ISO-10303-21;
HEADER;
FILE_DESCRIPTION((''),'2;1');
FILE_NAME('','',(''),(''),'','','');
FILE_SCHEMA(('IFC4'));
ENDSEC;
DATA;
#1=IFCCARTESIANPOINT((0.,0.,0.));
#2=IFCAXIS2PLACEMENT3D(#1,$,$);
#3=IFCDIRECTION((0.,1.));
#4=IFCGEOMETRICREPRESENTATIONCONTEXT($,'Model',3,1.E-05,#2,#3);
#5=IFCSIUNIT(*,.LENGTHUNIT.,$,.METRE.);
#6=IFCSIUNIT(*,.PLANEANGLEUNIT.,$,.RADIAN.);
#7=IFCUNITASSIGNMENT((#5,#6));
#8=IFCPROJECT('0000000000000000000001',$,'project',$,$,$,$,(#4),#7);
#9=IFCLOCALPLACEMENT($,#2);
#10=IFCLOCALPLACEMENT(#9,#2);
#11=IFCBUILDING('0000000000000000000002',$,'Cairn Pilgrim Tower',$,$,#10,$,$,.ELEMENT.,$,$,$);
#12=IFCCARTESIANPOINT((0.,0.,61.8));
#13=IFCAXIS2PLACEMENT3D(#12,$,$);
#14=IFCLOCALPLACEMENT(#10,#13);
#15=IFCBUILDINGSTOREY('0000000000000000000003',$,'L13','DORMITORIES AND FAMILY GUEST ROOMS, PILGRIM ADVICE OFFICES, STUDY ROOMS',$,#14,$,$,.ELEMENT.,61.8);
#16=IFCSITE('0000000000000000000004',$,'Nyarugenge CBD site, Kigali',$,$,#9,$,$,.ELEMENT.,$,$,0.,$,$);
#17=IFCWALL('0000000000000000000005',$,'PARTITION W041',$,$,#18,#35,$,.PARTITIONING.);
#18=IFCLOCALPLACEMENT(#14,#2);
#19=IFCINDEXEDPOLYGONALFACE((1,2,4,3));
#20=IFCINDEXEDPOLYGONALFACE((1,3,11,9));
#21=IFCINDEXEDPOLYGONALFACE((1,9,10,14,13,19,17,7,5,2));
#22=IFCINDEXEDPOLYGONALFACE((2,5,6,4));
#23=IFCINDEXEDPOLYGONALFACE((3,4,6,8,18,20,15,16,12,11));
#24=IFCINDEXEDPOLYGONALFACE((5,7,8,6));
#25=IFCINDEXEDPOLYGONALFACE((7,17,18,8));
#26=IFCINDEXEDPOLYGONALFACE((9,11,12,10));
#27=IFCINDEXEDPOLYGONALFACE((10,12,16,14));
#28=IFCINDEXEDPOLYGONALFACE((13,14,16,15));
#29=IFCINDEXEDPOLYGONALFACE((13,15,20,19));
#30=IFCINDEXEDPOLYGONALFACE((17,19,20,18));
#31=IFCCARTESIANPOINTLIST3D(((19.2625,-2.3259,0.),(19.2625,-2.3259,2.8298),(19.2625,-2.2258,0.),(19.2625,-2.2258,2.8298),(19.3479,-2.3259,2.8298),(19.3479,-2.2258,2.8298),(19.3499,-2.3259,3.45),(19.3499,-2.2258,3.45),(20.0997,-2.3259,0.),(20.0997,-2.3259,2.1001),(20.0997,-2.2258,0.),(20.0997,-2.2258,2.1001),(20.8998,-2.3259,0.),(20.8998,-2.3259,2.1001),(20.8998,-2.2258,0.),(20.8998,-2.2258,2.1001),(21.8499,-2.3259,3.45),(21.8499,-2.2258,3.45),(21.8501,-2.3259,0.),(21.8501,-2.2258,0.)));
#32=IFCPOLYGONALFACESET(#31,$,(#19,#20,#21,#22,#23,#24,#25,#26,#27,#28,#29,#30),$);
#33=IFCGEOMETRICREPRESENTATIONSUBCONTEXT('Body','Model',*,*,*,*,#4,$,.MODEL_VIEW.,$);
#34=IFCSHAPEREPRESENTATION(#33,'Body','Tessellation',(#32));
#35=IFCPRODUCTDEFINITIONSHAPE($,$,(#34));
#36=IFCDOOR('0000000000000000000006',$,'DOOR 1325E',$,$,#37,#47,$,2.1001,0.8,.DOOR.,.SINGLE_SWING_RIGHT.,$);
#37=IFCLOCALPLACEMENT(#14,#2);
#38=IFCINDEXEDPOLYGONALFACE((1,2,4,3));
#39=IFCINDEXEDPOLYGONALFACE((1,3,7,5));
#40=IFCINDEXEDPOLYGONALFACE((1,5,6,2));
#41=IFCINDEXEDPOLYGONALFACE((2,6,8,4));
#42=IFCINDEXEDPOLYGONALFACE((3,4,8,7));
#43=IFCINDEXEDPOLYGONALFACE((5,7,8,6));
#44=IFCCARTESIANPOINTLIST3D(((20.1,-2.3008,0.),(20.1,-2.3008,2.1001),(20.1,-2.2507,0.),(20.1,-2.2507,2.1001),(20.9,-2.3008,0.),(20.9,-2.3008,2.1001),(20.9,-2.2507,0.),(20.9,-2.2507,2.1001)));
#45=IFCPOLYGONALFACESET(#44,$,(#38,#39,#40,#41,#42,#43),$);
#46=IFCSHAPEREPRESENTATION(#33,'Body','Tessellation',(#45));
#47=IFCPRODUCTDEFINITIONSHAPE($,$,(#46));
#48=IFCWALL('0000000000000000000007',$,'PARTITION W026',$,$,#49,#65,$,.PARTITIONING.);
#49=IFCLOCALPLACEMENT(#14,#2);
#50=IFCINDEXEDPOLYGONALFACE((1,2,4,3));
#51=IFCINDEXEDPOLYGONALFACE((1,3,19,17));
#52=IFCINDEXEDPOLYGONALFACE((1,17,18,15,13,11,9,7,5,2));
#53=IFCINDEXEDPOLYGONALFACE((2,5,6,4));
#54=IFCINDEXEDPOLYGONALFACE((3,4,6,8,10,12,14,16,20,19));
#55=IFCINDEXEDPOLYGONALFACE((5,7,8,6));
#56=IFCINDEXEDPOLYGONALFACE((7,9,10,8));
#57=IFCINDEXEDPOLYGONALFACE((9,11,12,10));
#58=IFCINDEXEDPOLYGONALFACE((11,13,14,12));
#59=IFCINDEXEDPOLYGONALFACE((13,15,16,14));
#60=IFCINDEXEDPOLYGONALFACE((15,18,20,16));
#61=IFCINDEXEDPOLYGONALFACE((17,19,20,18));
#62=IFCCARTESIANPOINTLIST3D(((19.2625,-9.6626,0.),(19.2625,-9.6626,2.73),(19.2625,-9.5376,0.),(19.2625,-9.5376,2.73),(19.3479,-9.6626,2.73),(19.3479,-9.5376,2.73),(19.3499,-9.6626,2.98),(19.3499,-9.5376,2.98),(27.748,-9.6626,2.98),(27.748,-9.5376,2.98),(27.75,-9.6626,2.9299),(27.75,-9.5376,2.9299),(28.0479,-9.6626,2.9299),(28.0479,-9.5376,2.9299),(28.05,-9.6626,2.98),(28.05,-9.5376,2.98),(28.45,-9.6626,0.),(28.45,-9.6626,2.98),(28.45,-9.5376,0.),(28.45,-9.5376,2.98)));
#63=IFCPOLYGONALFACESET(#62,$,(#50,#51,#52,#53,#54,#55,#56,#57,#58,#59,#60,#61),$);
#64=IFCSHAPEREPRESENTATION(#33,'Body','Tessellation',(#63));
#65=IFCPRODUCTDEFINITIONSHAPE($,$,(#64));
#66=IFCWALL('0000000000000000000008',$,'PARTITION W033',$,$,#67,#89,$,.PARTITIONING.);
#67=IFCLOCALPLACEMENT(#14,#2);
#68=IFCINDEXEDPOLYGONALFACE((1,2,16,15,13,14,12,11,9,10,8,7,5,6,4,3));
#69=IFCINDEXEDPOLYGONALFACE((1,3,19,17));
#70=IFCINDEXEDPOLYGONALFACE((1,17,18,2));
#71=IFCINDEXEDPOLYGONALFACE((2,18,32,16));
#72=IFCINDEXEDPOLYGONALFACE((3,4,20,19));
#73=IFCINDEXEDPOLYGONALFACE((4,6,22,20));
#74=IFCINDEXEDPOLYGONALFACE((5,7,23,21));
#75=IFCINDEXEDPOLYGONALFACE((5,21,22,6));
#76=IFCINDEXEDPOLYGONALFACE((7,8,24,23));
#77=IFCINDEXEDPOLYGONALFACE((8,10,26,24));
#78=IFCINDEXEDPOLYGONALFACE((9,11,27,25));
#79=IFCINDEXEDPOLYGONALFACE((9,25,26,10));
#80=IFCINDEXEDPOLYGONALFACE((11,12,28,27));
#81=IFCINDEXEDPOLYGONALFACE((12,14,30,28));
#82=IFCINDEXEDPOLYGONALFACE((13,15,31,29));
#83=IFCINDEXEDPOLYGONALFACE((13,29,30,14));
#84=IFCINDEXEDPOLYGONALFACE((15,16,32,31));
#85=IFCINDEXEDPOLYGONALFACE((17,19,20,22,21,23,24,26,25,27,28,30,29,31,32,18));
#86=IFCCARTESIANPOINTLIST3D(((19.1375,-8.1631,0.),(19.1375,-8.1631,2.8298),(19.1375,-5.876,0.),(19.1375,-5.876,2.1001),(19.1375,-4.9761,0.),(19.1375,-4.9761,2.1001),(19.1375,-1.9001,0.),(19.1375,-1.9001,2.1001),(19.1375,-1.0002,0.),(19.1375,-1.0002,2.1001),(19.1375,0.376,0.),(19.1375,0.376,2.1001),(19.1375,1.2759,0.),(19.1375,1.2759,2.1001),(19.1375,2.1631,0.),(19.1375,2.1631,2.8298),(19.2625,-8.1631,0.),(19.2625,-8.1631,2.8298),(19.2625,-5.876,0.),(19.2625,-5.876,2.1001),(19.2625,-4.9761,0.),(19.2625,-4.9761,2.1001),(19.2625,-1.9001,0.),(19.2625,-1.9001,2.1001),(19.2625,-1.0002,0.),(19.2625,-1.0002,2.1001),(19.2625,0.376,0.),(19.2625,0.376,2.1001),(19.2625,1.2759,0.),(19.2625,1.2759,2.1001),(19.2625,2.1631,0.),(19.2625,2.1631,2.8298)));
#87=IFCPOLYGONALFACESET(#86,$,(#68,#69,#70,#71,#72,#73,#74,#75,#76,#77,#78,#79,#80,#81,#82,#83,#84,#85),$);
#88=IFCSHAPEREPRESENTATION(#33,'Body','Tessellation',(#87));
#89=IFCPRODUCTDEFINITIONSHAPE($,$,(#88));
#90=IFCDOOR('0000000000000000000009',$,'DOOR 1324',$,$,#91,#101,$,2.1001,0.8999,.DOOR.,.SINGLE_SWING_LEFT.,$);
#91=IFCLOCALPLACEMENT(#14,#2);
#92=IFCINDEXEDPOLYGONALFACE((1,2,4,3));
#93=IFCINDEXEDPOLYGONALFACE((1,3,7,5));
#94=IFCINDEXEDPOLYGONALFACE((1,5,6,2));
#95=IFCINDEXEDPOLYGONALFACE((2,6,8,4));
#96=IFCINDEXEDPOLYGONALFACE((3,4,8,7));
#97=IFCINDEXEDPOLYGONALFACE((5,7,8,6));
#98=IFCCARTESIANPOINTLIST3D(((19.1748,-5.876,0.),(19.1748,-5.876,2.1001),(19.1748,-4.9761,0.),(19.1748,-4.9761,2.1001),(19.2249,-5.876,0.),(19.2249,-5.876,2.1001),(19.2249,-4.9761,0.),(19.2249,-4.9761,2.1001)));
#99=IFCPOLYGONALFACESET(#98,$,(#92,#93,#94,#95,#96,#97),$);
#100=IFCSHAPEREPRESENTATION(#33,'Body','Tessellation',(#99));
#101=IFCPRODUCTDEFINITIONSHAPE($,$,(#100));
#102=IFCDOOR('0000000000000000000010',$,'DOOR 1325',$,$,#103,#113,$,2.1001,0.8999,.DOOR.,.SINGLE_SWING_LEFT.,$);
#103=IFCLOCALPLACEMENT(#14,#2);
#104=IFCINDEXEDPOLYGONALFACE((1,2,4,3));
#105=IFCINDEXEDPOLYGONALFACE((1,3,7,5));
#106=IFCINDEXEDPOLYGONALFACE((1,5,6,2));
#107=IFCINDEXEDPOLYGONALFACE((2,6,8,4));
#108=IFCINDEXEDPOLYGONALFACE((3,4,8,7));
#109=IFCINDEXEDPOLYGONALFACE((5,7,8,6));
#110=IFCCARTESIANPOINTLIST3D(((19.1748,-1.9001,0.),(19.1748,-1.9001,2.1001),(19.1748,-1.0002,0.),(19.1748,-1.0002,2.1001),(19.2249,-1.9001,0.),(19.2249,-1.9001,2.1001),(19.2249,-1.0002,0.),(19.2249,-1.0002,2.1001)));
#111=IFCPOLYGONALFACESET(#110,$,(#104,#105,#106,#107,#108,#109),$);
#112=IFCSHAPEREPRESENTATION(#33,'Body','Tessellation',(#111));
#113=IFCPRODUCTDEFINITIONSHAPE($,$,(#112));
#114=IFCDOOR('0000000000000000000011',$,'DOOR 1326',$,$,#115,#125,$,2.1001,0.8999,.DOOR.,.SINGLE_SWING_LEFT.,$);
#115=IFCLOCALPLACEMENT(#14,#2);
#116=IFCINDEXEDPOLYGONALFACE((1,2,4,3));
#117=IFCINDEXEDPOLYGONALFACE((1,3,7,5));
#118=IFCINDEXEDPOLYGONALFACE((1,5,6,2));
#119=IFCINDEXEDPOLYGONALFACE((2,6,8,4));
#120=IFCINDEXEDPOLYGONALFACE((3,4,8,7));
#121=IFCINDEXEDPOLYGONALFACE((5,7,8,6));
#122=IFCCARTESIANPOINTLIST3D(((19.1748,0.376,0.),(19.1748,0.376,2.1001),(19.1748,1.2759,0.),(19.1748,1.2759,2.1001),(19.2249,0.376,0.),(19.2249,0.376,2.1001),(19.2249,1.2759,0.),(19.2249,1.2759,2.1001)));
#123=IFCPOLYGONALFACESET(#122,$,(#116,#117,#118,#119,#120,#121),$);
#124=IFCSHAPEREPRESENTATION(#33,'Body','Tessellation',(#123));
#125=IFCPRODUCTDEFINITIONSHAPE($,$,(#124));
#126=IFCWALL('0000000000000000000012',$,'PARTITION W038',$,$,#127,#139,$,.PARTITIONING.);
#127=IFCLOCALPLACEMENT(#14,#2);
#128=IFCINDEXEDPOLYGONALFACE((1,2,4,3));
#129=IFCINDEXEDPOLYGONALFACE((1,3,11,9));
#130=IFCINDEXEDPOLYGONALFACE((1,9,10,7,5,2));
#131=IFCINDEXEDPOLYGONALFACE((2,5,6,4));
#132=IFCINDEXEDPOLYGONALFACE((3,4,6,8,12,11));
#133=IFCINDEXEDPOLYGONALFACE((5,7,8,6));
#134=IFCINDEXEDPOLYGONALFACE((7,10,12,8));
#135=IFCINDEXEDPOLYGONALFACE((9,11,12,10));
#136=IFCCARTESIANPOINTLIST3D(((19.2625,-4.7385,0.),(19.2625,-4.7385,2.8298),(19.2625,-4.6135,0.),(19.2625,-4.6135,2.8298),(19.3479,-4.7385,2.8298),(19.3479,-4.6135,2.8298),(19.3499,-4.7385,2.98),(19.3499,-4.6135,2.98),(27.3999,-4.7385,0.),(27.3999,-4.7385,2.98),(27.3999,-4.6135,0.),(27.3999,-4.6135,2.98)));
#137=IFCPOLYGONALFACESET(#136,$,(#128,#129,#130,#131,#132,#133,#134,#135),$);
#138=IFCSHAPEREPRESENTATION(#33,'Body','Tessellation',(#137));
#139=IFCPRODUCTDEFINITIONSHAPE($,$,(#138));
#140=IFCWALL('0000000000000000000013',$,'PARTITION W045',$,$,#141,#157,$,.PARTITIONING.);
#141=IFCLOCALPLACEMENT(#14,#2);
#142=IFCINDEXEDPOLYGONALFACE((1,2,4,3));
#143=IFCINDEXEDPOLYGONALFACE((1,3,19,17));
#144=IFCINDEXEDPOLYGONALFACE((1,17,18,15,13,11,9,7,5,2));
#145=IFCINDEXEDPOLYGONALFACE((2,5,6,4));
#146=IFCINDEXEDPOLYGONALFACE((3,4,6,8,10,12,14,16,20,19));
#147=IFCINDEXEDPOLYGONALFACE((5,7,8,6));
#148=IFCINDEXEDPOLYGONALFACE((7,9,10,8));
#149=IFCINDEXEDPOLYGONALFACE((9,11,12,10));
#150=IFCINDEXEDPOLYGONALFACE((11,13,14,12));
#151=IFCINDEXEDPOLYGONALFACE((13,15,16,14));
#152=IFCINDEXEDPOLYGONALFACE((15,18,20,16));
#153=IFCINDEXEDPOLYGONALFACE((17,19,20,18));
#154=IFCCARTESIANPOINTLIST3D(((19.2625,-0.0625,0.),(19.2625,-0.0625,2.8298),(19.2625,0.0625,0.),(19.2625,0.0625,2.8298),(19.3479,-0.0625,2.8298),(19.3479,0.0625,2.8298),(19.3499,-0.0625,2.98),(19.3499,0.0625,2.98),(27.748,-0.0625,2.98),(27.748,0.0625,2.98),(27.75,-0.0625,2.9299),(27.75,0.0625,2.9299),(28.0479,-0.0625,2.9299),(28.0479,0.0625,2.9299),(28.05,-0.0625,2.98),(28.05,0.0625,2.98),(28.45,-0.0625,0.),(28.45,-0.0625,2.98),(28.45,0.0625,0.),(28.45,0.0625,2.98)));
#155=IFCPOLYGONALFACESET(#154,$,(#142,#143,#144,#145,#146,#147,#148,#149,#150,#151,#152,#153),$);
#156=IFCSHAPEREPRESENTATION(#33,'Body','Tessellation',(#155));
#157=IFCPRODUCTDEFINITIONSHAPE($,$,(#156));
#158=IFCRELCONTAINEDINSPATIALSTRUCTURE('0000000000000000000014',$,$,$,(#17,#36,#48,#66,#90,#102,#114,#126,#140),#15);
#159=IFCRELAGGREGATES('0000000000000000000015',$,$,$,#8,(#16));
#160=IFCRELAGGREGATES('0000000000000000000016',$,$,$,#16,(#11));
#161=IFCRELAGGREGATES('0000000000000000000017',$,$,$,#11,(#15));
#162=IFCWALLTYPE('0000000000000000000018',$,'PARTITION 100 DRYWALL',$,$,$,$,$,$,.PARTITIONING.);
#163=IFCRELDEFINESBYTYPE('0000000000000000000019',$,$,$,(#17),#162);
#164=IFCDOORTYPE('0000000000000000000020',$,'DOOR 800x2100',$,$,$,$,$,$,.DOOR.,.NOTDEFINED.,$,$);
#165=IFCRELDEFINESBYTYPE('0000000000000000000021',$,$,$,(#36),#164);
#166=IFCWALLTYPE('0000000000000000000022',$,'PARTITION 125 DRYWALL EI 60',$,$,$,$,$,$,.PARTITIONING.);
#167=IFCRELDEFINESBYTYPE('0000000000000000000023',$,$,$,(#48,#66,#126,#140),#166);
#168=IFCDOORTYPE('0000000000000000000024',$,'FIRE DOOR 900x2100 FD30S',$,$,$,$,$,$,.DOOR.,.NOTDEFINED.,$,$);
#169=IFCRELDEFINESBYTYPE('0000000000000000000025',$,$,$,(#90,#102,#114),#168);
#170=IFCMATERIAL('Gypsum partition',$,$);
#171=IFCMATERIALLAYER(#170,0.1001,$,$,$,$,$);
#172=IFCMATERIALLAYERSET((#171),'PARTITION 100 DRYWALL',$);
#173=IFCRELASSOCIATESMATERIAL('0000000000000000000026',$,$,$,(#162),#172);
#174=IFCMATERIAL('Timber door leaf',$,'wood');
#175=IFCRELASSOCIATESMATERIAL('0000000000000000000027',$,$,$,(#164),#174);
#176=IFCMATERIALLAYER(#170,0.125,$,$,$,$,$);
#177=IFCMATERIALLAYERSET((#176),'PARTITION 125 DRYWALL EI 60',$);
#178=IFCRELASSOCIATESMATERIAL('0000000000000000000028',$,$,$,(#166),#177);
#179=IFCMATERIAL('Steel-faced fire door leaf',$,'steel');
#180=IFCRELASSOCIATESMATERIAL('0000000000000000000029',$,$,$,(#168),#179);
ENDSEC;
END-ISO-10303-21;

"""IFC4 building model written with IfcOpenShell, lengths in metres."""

from ifc_helpers import new_model, si_unit, direction, frame, frame_2d, origin, place, context, subcontext, project, spatial, polyline, rectangle, outline, extrude, material, layer, layer_set, type_object, element, fill, save


model = new_model("IFC4")

# Units and contexts
model_context = context("Model", 3, precision=1e-05, world=origin(), true_north=direction((0.0, 1.0)))
body_context = subcontext(model_context, "Body", "Model", "MODEL_VIEW")
ifc_project = project(units=[si_unit("LENGTHUNIT", "METRE"), si_unit("PLANEANGLEUNIT", "RADIAN")], contexts=[model_context])

# Site, building, storey
site_placement = place(None, origin())
site = spatial("IfcSite", under=ifc_project, at=site_placement, Name="Nyarugenge CBD site, Kigali", CompositionType="ELEMENT", RefElevation=0.0)
building_placement = place(site_placement, origin())
building = spatial("IfcBuilding", under=site, at=building_placement, Name="Cairn Pilgrim Tower", CompositionType="ELEMENT")
storey_placement = place(building_placement, frame((0.0, 0.0, 61.8)))
storey = spatial("IfcBuildingStorey", under=building, at=storey_placement, Name="L13", Description="DORMITORIES AND FAMILY GUEST ROOMS, PILGRIM ADVICE OFFICES, STUDY ROOMS", CompositionType="ELEMENT", Elevation=61.8)

# Wall, opening, door
ifc_material_1 = material(Name="Gypsum partition")
ifc_layer_1 = layer(ifc_material_1, 0.1001)
ifc_layer_set_1 = layer_set([ifc_layer_1], Name="PARTITION 100 DRYWALL")
wall_type_1 = type_object("IfcWallType", Name="PARTITION 100 DRYWALL", PredefinedType="PARTITIONING", material=ifc_layer_set_1)
ifc_material_2 = material(Name="Timber door leaf", Category="wood")
door_type_1 = type_object("IfcDoorType", Name="DOOR 800x2100", OperationType="NOTDEFINED", PredefinedType="DOOR", material=ifc_material_2)
wall_1_placement = place(storey_placement, frame((19.2625, -2.2759, 0.0), z_axis=(0.0, 0.0, 1.0), x_axis=(1.0, 0.0, 0.0)))
wall_1 = element("IfcWall", 1, at=wall_1_placement, inside=storey, type_object=wall_type_1, Name="PARTITION W041", PredefinedType="PARTITIONING", context=body_context, shape_type="SweptSolid", body=[
    extrude(outline(polyline([(0.0, 0.0), (2.5876, 0.0), (2.5874, 3.45), (0.0874, 3.45), (0.0854, 2.8298), (0.0, 2.8298), (0.0, 0.0)])), frame((0.0, 0.05, 0.0), z_axis=(0.0, -1.0, 0.0), x_axis=(1.0, 0.0, 0.0)), (0.0, 0.0, 1.0), 0.1001),
])
opening_1_placement = place(wall_1_placement, frame((0.8374, 0.0, 0.0)))
opening_1 = element("IfcOpeningElement", 2, at=opening_1_placement, cuts=wall_1, PredefinedType="OPENING", context=body_context, shape_type="SweptSolid", body=[
    extrude(rectangle(XDim=0.8, YDim=2.1001, at=frame_2d((0.3999, 1.05))), frame((0.0, 0.0601, 0.0), z_axis=(0.0, -1.0, 0.0), x_axis=(1.0, 0.0, 0.0)), (0.0, 0.0, 1.0), 0.1201),
])
door_1_placement = place(opening_1_placement, frame((0.8, 0.0, 0.0), z_axis=(0.0, 0.0, 1.0), x_axis=(-1.0, 0.0, 0.0)))
door_1 = element("IfcDoor", 3, at=door_1_placement, inside=storey, type_object=door_type_1, Name="DOOR 1325E", OperationType="SINGLE_SWING_RIGHT", OverallHeight=2.1001, OverallWidth=0.8, PredefinedType="DOOR", context=body_context, shape_type="SweptSolid", body=[
    extrude(rectangle(XDim=0.8, YDim=2.1001, at=frame_2d((0.3999, 1.05))), frame((0.0, 0.0249, 0.0), z_axis=(0.0, -1.0, 0.0), x_axis=(1.0, 0.0, 0.0)), (0.0, 0.0, 1.0), 0.05),
])
fill(opening_1, door_1)

# Wall
ifc_layer_2 = layer(ifc_material_1, 0.125)
ifc_layer_set_2 = layer_set([ifc_layer_2], Name="PARTITION 125 DRYWALL EI 60")
wall_type_2 = type_object("IfcWallType", Name="PARTITION 125 DRYWALL EI 60", PredefinedType="PARTITIONING", material=ifc_layer_set_2)
wall_2_placement = place(storey_placement, frame((19.2625, -9.6001, 0.0), z_axis=(0.0, 0.0, 1.0), x_axis=(1.0, 0.0, 0.0)))
element("IfcWall", 4, at=wall_2_placement, inside=storey, type_object=wall_type_2, Name="PARTITION W026", PredefinedType="PARTITIONING", context=body_context, shape_type="SweptSolid", body=[
    extrude(outline(polyline([(0.0, 0.0), (9.1875, 0.0), (9.1875, 2.98), (8.7876, 2.98), (8.7854, 2.9299), (8.4875, 2.9299), (8.4856, 2.98), (0.0874, 2.98), (0.0854, 2.73), (0.0, 2.73), (0.0, 0.0)])), frame((0.0, 0.0625, 0.0), z_axis=(0.0, -1.0, 0.0), x_axis=(1.0, 0.0, 0.0)), (0.0, 0.0, 1.0), 0.125),
])

# Wall, openings, doors
wall_3_placement = place(storey_placement, frame((19.2, -8.1631, 0.0), z_axis=(0.0, 0.0, 1.0), x_axis=(0.0, 1.0, 0.0)))
wall_3 = element("IfcWall", 5, at=wall_3_placement, inside=storey, type_object=wall_type_2, Name="PARTITION W033", PredefinedType="PARTITIONING", context=body_context, shape_type="SweptSolid", body=[
    extrude(rectangle(XDim=10.3262, YDim=0.125, at=frame_2d((5.1631, 0.0))), origin(), (0.0, 0.0, 1.0), 2.8298),
])
opening_2_placement = place(wall_3_placement, frame((2.2871, 0.0, 0.0)))
opening_2 = element("IfcOpeningElement", 6, at=opening_2_placement, cuts=wall_3, PredefinedType="OPENING", context=body_context, shape_type="SweptSolid", body=[
    extrude(rectangle(XDim=0.8999, YDim=2.1001, at=frame_2d((0.45, 1.05))), frame((0.0, 0.0725, 0.0), z_axis=(0.0, -1.0, 0.0), x_axis=(1.0, 0.0, 0.0)), (0.0, 0.0, 1.0), 0.145),
])
opening_3_placement = place(wall_3_placement, frame((6.2629, 0.0, 0.0)))
opening_3 = element("IfcOpeningElement", 7, at=opening_3_placement, cuts=wall_3, PredefinedType="OPENING", context=body_context, shape_type="SweptSolid", body=[
    extrude(rectangle(XDim=0.8999, YDim=2.1001, at=frame_2d((0.45, 1.05))), frame((0.0, 0.0725, 0.0), z_axis=(0.0, -1.0, 0.0), x_axis=(1.0, 0.0, 0.0)), (0.0, 0.0, 1.0), 0.145),
])
opening_4_placement = place(wall_3_placement, frame((8.5391, 0.0, 0.0)))
opening_4 = element("IfcOpeningElement", 8, at=opening_4_placement, cuts=wall_3, PredefinedType="OPENING", context=body_context, shape_type="SweptSolid", body=[
    extrude(rectangle(XDim=0.8999, YDim=2.1001, at=frame_2d((0.45, 1.05))), frame((0.0, 0.0725, 0.0), z_axis=(0.0, -1.0, 0.0), x_axis=(1.0, 0.0, 0.0)), (0.0, 0.0, 1.0), 0.145),
])
ifc_material_3 = material(Name="Steel-faced fire door leaf", Category="steel")
door_type_2 = type_object("IfcDoorType", Name="FIRE DOOR 900x2100 FD30S", OperationType="NOTDEFINED", PredefinedType="DOOR", material=ifc_material_3)
door_2_placement = place(opening_2_placement, frame((0.8999, 0.0, 0.0), z_axis=(0.0, 0.0, 1.0), x_axis=(-1.0, 0.0, 0.0)))
door_2 = element("IfcDoor", 9, at=door_2_placement, inside=storey, type_object=door_type_2, Name="DOOR 1324", OperationType="SINGLE_SWING_LEFT", OverallHeight=2.1001, OverallWidth=0.8999, PredefinedType="DOOR", context=body_context, shape_type="SweptSolid", body=[
    extrude(rectangle(XDim=0.8999, YDim=2.1001, at=frame_2d((0.45, 1.05))), frame((0.0, 0.0249, 0.0), z_axis=(0.0, -1.0, 0.0), x_axis=(1.0, 0.0, 0.0)), (0.0, 0.0, 1.0), 0.05),
])
fill(opening_2, door_2)
door_3_placement = place(opening_3_placement, frame((0.8999, 0.0, 0.0), z_axis=(0.0, 0.0, 1.0), x_axis=(-1.0, 0.0, 0.0)))
door_3 = element("IfcDoor", 10, at=door_3_placement, inside=storey, type_object=door_type_2, Name="DOOR 1325", OperationType="SINGLE_SWING_LEFT", OverallHeight=2.1001, OverallWidth=0.8999, PredefinedType="DOOR", context=body_context, shape_type="SweptSolid", body=[
    extrude(rectangle(XDim=0.8999, YDim=2.1001, at=frame_2d((0.45, 1.05))), frame((0.0, 0.0249, 0.0), z_axis=(0.0, -1.0, 0.0), x_axis=(1.0, 0.0, 0.0)), (0.0, 0.0, 1.0), 0.05),
])
fill(opening_3, door_3)
door_4_placement = place(opening_4_placement, frame((0.8999, 0.0, 0.0), z_axis=(0.0, 0.0, 1.0), x_axis=(-1.0, 0.0, 0.0)))
door_4 = element("IfcDoor", 11, at=door_4_placement, inside=storey, type_object=door_type_2, Name="DOOR 1326", OperationType="SINGLE_SWING_LEFT", OverallHeight=2.1001, OverallWidth=0.8999, PredefinedType="DOOR", context=body_context, shape_type="SweptSolid", body=[
    extrude(rectangle(XDim=0.8999, YDim=2.1001, at=frame_2d((0.45, 1.05))), frame((0.0, 0.0249, 0.0), z_axis=(0.0, -1.0, 0.0), x_axis=(1.0, 0.0, 0.0)), (0.0, 0.0, 1.0), 0.05),
])
fill(opening_4, door_4)

# Walls
wall_4_placement = place(storey_placement, frame((19.2625, -4.676, 0.0), z_axis=(0.0, 0.0, 1.0), x_axis=(1.0, 0.0, 0.0)))
element("IfcWall", 12, at=wall_4_placement, inside=storey, type_object=wall_type_2, Name="PARTITION W038", PredefinedType="PARTITIONING", context=body_context, shape_type="SweptSolid", body=[
    extrude(outline(polyline([(0.0, 0.0), (8.1375, 0.0), (8.1375, 2.98), (0.0874, 2.98), (0.0854, 2.8298), (0.0, 2.8298), (0.0, 0.0)])), frame((0.0, 0.0625, 0.0), z_axis=(0.0, -1.0, 0.0), x_axis=(1.0, 0.0, 0.0)), (0.0, 0.0, 1.0), 0.125),
])
wall_5_placement = place(storey_placement, frame((19.2625, 0.0, 0.0), z_axis=(0.0, 0.0, 1.0), x_axis=(1.0, 0.0, 0.0)))
element("IfcWall", 13, at=wall_5_placement, inside=storey, type_object=wall_type_2, Name="PARTITION W045", PredefinedType="PARTITIONING", context=body_context, shape_type="SweptSolid", body=[
    extrude(outline(polyline([(0.0, 0.0), (9.1875, 0.0), (9.1875, 2.98), (8.7876, 2.98), (8.7854, 2.9299), (8.4875, 2.9299), (8.4856, 2.98), (0.0874, 2.98), (0.0854, 2.8298), (0.0, 2.8298), (0.0, 0.0)])), frame((0.0, 0.0625, 0.0), z_axis=(0.0, -1.0, 0.0), x_axis=(1.0, 0.0, 0.0)), (0.0, 0.0, 1.0), 0.125),
])

save(model, "model.ifc")
